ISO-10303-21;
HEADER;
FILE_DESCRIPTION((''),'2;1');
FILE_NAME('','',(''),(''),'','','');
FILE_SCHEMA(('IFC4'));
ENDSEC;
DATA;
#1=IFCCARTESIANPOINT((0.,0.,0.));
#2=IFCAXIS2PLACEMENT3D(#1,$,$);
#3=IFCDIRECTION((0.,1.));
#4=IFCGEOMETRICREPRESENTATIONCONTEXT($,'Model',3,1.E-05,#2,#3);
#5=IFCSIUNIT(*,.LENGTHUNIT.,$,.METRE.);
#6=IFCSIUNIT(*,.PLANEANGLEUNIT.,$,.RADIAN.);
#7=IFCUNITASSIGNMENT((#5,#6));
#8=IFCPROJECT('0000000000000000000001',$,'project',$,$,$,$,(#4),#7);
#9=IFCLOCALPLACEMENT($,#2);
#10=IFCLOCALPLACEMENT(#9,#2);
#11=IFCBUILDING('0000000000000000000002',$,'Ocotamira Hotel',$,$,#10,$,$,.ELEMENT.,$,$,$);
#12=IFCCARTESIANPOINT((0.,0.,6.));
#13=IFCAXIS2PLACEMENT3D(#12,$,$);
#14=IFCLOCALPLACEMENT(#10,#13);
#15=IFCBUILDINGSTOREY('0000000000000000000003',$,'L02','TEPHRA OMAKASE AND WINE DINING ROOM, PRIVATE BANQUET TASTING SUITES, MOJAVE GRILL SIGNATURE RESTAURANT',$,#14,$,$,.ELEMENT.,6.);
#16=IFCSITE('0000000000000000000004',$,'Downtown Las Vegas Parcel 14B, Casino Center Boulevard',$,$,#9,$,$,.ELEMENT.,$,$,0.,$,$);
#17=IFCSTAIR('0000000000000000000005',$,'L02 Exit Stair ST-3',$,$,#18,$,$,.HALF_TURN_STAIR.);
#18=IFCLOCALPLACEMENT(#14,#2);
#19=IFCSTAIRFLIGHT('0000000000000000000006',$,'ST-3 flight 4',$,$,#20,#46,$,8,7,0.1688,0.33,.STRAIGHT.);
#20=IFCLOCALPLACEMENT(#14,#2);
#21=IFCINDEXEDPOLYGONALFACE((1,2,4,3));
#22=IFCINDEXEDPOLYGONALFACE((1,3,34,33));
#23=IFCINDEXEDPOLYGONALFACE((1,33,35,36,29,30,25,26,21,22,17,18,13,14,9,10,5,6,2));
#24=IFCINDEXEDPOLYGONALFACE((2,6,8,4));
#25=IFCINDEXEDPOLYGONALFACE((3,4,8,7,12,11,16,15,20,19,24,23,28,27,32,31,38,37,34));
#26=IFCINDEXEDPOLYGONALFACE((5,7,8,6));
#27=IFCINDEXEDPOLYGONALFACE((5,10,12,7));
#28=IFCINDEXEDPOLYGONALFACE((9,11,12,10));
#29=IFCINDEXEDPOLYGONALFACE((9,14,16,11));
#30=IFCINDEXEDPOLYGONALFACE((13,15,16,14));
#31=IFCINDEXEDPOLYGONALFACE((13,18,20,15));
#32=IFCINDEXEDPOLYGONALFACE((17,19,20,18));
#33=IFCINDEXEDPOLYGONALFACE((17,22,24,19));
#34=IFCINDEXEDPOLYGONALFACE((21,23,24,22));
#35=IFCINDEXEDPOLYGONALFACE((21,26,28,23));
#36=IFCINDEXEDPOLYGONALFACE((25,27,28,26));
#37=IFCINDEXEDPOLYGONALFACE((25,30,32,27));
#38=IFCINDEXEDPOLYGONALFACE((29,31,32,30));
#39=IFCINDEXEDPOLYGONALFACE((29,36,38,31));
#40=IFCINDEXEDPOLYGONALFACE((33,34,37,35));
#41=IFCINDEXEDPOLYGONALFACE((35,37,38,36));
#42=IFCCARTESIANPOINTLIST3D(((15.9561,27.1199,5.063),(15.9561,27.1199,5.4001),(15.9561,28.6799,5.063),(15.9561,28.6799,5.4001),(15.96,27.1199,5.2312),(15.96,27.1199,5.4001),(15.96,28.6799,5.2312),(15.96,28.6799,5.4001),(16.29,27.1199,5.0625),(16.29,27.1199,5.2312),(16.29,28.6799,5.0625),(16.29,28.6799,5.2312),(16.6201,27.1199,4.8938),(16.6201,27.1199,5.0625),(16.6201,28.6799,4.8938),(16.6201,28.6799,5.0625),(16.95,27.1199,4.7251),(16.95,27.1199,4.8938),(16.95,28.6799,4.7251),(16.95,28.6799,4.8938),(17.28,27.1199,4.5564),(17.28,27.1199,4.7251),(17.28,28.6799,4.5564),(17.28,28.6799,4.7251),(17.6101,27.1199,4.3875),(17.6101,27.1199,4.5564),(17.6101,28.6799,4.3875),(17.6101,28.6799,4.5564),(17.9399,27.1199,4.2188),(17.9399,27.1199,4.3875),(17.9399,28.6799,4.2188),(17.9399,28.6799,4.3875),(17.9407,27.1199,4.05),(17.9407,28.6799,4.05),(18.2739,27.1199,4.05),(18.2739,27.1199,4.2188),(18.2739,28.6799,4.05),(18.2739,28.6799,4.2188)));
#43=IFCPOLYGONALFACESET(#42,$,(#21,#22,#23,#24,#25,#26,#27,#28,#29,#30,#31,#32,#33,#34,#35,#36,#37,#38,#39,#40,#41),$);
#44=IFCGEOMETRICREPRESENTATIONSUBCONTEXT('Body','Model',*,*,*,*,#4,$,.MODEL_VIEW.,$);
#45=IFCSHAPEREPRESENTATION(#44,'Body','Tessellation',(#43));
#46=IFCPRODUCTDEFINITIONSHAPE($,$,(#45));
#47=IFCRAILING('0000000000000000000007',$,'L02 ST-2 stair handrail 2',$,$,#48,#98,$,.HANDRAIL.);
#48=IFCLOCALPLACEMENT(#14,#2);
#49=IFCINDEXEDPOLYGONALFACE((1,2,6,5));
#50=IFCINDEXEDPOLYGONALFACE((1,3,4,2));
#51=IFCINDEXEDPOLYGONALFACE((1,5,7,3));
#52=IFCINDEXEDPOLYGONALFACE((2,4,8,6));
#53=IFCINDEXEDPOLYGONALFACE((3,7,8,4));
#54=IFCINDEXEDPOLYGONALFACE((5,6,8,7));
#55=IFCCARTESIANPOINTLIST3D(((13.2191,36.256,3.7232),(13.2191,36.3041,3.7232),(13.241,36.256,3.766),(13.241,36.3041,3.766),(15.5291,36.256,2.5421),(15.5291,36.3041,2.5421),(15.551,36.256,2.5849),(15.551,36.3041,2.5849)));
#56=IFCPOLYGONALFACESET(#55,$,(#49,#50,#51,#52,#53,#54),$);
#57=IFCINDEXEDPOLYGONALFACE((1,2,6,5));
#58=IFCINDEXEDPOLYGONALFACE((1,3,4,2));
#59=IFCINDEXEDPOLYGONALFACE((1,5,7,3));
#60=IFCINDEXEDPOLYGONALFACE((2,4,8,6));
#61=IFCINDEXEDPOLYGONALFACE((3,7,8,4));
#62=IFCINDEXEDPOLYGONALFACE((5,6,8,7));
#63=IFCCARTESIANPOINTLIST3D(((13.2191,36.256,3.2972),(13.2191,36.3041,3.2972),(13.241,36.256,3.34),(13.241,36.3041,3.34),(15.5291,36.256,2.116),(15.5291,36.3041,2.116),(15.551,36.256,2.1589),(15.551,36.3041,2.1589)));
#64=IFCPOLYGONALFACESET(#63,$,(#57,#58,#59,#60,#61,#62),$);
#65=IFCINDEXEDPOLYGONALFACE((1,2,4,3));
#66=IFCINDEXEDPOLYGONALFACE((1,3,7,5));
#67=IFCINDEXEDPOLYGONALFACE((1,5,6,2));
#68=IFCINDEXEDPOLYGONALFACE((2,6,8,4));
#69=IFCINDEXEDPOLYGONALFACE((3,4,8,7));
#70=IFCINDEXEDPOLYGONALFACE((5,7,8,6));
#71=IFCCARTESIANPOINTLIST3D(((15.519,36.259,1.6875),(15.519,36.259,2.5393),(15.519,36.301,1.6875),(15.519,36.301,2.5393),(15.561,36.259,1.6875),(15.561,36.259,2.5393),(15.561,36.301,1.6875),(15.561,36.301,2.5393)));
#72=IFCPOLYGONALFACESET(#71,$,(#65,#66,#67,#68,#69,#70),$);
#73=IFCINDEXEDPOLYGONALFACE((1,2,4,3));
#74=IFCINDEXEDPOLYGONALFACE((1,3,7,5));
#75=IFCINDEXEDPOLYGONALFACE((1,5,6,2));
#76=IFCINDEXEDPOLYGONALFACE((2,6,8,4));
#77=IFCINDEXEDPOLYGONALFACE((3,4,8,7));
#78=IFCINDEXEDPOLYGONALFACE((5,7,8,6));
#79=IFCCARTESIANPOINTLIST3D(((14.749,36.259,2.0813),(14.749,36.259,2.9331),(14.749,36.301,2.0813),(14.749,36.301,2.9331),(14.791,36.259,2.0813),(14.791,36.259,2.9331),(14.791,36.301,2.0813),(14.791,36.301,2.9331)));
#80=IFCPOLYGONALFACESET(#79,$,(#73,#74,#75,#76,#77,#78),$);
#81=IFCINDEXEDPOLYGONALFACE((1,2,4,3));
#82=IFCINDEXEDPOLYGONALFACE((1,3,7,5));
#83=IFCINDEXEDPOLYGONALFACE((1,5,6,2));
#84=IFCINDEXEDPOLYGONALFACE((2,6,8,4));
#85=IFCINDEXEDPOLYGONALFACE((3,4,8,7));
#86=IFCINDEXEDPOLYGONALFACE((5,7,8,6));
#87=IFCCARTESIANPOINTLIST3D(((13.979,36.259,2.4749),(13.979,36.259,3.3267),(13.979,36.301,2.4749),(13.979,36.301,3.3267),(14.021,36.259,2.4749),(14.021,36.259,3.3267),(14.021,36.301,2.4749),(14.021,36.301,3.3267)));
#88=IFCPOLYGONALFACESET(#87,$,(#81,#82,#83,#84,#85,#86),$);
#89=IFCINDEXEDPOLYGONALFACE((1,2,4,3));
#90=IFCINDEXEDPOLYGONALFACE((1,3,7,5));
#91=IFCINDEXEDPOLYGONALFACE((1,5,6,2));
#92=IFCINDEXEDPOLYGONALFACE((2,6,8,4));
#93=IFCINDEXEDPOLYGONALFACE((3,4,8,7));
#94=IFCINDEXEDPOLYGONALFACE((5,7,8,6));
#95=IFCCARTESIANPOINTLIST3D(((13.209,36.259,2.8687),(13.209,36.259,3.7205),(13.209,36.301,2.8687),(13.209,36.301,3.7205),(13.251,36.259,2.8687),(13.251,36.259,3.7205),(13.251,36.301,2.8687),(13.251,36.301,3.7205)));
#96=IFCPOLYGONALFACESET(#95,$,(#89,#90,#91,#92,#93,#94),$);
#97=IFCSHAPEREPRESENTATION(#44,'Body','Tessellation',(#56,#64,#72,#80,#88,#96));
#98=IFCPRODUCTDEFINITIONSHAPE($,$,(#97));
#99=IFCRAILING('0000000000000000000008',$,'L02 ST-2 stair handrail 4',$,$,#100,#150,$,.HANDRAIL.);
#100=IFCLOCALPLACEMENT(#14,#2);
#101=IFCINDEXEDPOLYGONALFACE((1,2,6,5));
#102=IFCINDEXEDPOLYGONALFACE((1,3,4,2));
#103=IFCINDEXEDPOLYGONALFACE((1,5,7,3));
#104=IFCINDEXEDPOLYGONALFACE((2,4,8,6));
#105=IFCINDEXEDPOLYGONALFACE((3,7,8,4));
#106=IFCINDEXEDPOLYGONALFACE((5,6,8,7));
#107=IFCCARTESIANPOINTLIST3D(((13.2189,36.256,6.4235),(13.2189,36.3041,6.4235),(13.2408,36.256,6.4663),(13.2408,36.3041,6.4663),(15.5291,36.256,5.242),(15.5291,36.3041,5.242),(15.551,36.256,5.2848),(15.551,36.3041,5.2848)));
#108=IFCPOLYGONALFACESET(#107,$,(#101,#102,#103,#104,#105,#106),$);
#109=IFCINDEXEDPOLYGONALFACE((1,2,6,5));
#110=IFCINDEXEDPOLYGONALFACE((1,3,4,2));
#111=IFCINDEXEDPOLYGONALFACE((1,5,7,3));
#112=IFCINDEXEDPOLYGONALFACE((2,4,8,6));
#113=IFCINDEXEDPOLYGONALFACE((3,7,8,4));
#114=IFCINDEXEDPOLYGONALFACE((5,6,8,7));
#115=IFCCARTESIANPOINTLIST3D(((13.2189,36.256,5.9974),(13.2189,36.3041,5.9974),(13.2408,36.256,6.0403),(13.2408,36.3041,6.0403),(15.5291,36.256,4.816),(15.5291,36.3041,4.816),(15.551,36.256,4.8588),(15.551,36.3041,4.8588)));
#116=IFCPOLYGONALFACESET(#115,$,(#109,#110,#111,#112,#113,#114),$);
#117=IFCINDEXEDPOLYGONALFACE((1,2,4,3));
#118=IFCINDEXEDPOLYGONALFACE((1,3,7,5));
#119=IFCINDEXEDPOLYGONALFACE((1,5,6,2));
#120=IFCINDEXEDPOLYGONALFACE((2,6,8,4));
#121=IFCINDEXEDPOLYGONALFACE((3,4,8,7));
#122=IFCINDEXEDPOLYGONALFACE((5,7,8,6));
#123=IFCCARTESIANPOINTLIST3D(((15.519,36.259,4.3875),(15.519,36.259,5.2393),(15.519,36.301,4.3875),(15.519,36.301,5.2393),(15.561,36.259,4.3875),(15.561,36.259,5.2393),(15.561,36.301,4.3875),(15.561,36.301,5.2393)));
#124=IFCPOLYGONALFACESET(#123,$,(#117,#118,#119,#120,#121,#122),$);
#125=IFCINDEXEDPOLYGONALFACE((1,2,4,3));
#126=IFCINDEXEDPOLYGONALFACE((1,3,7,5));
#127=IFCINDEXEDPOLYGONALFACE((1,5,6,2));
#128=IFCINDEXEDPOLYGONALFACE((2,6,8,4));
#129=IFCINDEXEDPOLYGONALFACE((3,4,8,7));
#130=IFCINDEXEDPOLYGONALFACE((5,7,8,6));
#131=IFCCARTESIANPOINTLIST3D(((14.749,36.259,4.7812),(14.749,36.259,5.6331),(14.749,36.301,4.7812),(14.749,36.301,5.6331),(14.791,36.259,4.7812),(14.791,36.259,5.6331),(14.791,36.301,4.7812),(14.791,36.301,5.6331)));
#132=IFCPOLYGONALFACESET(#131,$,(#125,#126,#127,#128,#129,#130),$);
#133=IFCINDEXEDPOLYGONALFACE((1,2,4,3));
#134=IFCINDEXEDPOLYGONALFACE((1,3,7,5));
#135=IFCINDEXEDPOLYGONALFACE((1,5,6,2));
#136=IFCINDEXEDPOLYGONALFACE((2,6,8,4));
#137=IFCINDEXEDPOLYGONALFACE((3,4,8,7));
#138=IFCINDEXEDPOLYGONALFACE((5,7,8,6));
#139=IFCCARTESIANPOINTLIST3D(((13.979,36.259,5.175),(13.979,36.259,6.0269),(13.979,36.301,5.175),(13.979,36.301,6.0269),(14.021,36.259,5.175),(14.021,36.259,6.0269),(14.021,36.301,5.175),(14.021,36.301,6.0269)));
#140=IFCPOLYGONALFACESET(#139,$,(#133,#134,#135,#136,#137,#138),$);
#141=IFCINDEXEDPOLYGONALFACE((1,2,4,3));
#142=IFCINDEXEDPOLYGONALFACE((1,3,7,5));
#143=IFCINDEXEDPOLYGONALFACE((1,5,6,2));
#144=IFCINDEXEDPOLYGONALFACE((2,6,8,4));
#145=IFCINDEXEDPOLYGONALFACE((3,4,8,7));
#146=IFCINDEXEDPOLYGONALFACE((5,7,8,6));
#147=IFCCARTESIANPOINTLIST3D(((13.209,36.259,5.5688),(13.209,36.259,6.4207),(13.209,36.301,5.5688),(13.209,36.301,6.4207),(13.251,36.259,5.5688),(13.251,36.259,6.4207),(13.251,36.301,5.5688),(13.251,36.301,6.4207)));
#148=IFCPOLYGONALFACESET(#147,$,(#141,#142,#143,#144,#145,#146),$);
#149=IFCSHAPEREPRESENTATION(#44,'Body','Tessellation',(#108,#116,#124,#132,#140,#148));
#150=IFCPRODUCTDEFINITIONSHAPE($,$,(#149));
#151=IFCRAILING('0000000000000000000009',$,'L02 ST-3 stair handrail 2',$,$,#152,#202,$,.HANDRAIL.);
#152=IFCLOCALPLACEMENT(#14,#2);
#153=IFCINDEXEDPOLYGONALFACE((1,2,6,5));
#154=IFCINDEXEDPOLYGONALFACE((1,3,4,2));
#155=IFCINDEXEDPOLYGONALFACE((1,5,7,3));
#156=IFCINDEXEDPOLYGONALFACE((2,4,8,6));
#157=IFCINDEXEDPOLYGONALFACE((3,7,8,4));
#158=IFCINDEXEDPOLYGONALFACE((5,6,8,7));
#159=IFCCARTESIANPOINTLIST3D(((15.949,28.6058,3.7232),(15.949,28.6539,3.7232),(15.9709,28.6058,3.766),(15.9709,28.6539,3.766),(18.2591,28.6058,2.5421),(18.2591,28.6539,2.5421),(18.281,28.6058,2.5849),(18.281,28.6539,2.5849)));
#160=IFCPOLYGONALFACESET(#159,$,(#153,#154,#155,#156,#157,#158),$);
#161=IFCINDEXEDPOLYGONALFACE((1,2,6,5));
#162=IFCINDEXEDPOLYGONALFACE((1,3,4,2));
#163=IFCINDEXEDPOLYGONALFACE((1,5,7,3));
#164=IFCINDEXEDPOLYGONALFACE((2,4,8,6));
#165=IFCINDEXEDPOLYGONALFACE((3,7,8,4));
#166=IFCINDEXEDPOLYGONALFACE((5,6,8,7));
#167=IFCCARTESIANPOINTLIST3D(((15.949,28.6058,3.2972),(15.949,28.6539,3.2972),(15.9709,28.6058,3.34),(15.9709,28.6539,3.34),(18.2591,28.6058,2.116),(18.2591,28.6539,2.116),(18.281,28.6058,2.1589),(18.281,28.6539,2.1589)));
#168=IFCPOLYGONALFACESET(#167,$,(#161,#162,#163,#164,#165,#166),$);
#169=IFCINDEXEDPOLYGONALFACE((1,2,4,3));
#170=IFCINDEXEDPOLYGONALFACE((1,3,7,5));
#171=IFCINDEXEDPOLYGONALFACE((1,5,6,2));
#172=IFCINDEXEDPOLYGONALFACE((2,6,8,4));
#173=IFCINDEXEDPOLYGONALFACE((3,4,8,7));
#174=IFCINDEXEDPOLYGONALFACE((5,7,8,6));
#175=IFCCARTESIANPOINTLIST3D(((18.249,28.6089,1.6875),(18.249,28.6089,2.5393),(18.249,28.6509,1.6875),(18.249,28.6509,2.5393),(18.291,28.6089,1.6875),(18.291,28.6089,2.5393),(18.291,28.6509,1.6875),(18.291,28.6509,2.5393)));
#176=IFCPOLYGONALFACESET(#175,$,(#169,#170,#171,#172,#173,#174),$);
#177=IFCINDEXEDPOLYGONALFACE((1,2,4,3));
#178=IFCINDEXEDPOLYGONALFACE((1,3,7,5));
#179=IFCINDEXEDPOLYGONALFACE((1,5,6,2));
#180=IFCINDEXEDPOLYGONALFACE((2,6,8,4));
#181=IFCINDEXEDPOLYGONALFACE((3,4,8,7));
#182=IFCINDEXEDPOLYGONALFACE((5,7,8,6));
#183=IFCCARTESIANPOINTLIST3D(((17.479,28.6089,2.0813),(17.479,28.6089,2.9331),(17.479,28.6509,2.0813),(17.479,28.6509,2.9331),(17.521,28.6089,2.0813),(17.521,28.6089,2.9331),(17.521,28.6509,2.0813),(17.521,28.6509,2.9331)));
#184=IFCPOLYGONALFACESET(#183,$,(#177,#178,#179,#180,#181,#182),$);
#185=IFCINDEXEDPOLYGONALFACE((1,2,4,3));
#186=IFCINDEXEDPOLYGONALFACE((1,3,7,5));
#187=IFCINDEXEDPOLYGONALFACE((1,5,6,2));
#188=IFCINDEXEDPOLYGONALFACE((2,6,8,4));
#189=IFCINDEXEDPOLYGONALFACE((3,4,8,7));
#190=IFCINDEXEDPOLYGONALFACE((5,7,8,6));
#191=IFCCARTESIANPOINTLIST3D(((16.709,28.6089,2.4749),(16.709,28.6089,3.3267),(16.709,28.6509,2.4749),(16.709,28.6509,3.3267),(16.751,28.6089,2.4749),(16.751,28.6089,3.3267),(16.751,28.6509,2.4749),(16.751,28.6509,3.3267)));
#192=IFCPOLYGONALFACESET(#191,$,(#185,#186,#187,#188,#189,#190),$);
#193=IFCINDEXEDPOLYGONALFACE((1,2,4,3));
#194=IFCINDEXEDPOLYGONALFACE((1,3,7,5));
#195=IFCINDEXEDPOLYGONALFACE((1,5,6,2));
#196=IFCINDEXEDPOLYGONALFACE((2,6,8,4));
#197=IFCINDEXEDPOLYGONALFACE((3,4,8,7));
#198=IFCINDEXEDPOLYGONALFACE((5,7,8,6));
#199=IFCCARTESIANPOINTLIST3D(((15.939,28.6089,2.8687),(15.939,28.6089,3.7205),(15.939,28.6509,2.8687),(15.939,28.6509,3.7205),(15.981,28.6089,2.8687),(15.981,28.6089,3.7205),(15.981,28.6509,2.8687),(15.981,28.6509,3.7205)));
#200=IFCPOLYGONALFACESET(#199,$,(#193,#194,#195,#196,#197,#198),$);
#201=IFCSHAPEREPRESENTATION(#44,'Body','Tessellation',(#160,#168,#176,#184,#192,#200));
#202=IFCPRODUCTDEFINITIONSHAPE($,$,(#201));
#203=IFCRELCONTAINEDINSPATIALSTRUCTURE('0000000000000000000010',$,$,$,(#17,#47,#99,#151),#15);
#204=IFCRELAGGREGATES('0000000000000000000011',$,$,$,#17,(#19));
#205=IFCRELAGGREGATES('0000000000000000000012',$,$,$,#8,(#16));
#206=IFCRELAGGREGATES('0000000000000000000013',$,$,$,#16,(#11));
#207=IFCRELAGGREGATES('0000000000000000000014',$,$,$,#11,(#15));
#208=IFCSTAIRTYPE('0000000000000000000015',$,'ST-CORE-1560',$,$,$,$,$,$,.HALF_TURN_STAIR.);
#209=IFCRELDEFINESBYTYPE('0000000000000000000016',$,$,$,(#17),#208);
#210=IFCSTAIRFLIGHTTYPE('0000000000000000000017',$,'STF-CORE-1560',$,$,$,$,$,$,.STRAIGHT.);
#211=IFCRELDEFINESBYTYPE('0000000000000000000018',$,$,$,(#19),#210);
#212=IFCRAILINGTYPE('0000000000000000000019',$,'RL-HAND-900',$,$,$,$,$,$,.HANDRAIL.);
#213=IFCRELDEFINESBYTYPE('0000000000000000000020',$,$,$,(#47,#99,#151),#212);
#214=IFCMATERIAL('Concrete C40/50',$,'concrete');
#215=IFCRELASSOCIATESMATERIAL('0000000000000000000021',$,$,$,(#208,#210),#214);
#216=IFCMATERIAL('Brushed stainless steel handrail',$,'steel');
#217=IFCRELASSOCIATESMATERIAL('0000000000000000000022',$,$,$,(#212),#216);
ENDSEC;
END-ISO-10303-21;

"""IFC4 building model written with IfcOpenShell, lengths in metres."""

from ifc_helpers import new_model, si_unit, direction, frame, origin, origin_2d, place, context, subcontext, project, spatial, polyline, rectangle, outline, extrude, source, transform, mapped, material, type_object, element, aggregate, save


model = new_model("IFC4")

# Units and contexts
model_context = context("Model", 3, precision=1e-05, world=origin(), true_north=direction((0.0, 1.0)))
body_context = subcontext(model_context, "Body", "Model", "MODEL_VIEW")
ifc_project = project(units=[si_unit("LENGTHUNIT", "METRE"), si_unit("PLANEANGLEUNIT", "RADIAN")], contexts=[model_context])

# Site, building, storey
site_placement = place(None, origin())
site = spatial("IfcSite", under=ifc_project, at=site_placement, Name="Downtown Las Vegas Parcel 14B, Casino Center Boulevard", CompositionType="ELEMENT", RefElevation=0.0)
building_placement = place(site_placement, origin())
building = spatial("IfcBuilding", under=site, at=building_placement, Name="Ocotamira Hotel", CompositionType="ELEMENT")
storey_placement = place(building_placement, frame((0.0, 0.0, 6.0)))
storey = spatial("IfcBuildingStorey", under=building, at=storey_placement, Name="L02", Description="TEPHRA OMAKASE AND WINE DINING ROOM, PRIVATE BANQUET TASTING SUITES, MOJAVE GRILL SIGNATURE RESTAURANT", CompositionType="ELEMENT", Elevation=6.0)

# Shared definitions
ifc_material_1 = material(Name="Concrete C40/50", Category="concrete")
stair_type = type_object("IfcStairType", Name="ST-CORE-1560", PredefinedType="HALF_TURN_STAIR", material=ifc_material_1)
stair_flight_type = type_object("IfcStairFlightType", Name="STF-CORE-1560", PredefinedType="STRAIGHT", material=ifc_material_1)
shared_shape_1 = source(origin(), body_context, "Body", "SweptSolid", [
    extrude(outline(polyline([(-0.0039, 0.0), (-0.0039, 0.1687), (0.3301, 0.1687), (0.3301, 0.3374), (0.6599, 0.3374), (0.6599, 0.5063), (0.99, 0.5063), (0.99, 0.675), (1.3201, 0.675), (1.3201, 0.8438), (1.6499, 0.8438), (1.6499, 1.0125), (1.98, 1.0125), (1.98, 1.1812), (2.3101, 1.1812), (2.3101, 1.3501), (2.314, 1.3501), (2.314, 1.0129), (0.3293, 0.0), (-0.0039, 0.0)])), frame((0.0, 0.78, 0.0), z_axis=(0.0, -1.0, 0.0), x_axis=(1.0, 0.0, 0.0)), (0.0, 0.0, 1.0), 1.5601),
])

# Stair, stair flight
stair_1_placement = place(storey_placement, origin())
stair_1 = element("IfcStair", 1, at=stair_1_placement, inside=storey, type_object=stair_type, Name="L02 Exit Stair ST-3", PredefinedType="HALF_TURN_STAIR")
stair_flight_1_placement = place(storey_placement, frame((18.27, 27.8999, 4.05), z_axis=(0.0, 0.0, 1.0), x_axis=(-1.0, 0.0, 0.0)))
stair_flight_1 = element("IfcStairFlight", 2, at=stair_flight_1_placement, type_object=stair_flight_type, Name="ST-3 flight 4", NumberOfRisers=8, NumberOfTreads=7, PredefinedType="STRAIGHT", RiserHeight=0.1688, TreadLength=0.33, context=body_context, shape_type="MappedRepresentation", body=[
    mapped(shared_shape_1, transform((0.0, 0.0, 0.0), scale=1.0)),
])
aggregate(stair_1, [stair_flight_1])

# Railings
ifc_material_2 = material(Name="Brushed stainless steel handrail", Category="steel")
railing_type_1 = type_object("IfcRailingType", Name="RL-HAND-900", PredefinedType="HANDRAIL", material=ifc_material_2)
railing_1_placement = place(storey_placement, frame((15.54, 36.28, 1.6875)))
element("IfcRailing", 3, at=railing_1_placement, inside=storey, type_object=railing_type_1, Name="L02 ST-2 stair handrail 2", PredefinedType="HANDRAIL", context=body_context, shape_type="SweptSolid", body=[
    extrude(rectangle(XDim=0.0481, YDim=0.0481, at=origin_2d()), frame((0.0, 0.0, 0.876), z_axis=(-0.890363, 0.0, 0.45525), x_axis=(0.0, -1.0, 0.0)), (0.0, 0.0, 1.0), 2.5945),
    extrude(rectangle(XDim=0.0481, YDim=0.0481, at=origin_2d()), frame((0.0, 0.0, 0.45), z_axis=(-0.890363, 0.0, 0.45525), x_axis=(0.0, -1.0, 0.0)), (0.0, 0.0, 1.0), 2.5945),
    extrude(rectangle(XDim=0.042, YDim=0.042, at=origin_2d()), origin(), (0.0, 0.0, 1.0), 0.8518),
    extrude(rectangle(XDim=0.042, YDim=0.042, at=origin_2d()), frame((-0.77, 0.0, 0.3938)), (0.0, 0.0, 1.0), 0.8518),
    extrude(rectangle(XDim=0.042, YDim=0.042, at=origin_2d()), frame((-1.54, 0.0, 0.7874)), (0.0, 0.0, 1.0), 0.8518),
    extrude(rectangle(XDim=0.042, YDim=0.042, at=origin_2d()), frame((-2.3101, 0.0, 1.1812)), (0.0, 0.0, 1.0), 0.8518),
])
railing_2_placement = place(storey_placement, frame((15.54, 36.28, 4.3875)))
element("IfcRailing", 4, at=railing_2_placement, inside=storey, type_object=railing_type_1, Name="L02 ST-2 stair handrail 4", PredefinedType="HANDRAIL", context=body_context, shape_type="SweptSolid", body=[
    extrude(rectangle(XDim=0.0481, YDim=0.0481, at=origin_2d()), frame((0.0, 0.0, 0.876), z_axis=(-0.890325, 0.0, 0.455325), x_axis=(0.0, -1.0, 0.0)), (0.0, 0.0, 1.0), 2.5947),
    extrude(rectangle(XDim=0.0481, YDim=0.0481, at=origin_2d()), frame((0.0, 0.0, 0.45), z_axis=(-0.890325, 0.0, 0.455325), x_axis=(0.0, -1.0, 0.0)), (0.0, 0.0, 1.0), 2.5947),
    extrude(rectangle(XDim=0.042, YDim=0.042, at=origin_2d()), origin(), (0.0, 0.0, 1.0), 0.8518),
    extrude(rectangle(XDim=0.042, YDim=0.042, at=origin_2d()), frame((-0.77, 0.0, 0.3938)), (0.0, 0.0, 1.0), 0.8518),
    extrude(rectangle(XDim=0.042, YDim=0.042, at=origin_2d()), frame((-1.54, 0.0, 0.7876)), (0.0, 0.0, 1.0), 0.8518),
    extrude(rectangle(XDim=0.042, YDim=0.042, at=origin_2d()), frame((-2.3101, 0.0, 1.1814)), (0.0, 0.0, 1.0), 0.8518),
])
railing_3_placement = place(storey_placement, frame((18.27, 28.6299, 1.6875)))
element("IfcRailing", 5, at=railing_3_placement, inside=storey, type_object=railing_type_1, Name="L02 ST-3 stair handrail 2", PredefinedType="HANDRAIL", context=body_context, shape_type="SweptSolid", body=[
    extrude(rectangle(XDim=0.0481, YDim=0.0481, at=origin_2d()), frame((0.0, 0.0, 0.876), z_axis=(-0.890363, 0.0, 0.45525), x_axis=(0.0, -1.0, 0.0)), (0.0, 0.0, 1.0), 2.5945),
    extrude(rectangle(XDim=0.0481, YDim=0.0481, at=origin_2d()), frame((0.0, 0.0, 0.45), z_axis=(-0.890363, 0.0, 0.45525), x_axis=(0.0, -1.0, 0.0)), (0.0, 0.0, 1.0), 2.5945),
    extrude(rectangle(XDim=0.042, YDim=0.042, at=origin_2d()), origin(), (0.0, 0.0, 1.0), 0.8518),
    extrude(rectangle(XDim=0.042, YDim=0.042, at=origin_2d()), frame((-0.77, 0.0, 0.3938)), (0.0, 0.0, 1.0), 0.8518),
    extrude(rectangle(XDim=0.042, YDim=0.042, at=origin_2d()), frame((-1.54, 0.0, 0.7874)), (0.0, 0.0, 1.0), 0.8518),
    extrude(rectangle(XDim=0.042, YDim=0.042, at=origin_2d()), frame((-2.3101, 0.0, 1.1812)), (0.0, 0.0, 1.0), 0.8518),
])

save(model, "model.ifc")
